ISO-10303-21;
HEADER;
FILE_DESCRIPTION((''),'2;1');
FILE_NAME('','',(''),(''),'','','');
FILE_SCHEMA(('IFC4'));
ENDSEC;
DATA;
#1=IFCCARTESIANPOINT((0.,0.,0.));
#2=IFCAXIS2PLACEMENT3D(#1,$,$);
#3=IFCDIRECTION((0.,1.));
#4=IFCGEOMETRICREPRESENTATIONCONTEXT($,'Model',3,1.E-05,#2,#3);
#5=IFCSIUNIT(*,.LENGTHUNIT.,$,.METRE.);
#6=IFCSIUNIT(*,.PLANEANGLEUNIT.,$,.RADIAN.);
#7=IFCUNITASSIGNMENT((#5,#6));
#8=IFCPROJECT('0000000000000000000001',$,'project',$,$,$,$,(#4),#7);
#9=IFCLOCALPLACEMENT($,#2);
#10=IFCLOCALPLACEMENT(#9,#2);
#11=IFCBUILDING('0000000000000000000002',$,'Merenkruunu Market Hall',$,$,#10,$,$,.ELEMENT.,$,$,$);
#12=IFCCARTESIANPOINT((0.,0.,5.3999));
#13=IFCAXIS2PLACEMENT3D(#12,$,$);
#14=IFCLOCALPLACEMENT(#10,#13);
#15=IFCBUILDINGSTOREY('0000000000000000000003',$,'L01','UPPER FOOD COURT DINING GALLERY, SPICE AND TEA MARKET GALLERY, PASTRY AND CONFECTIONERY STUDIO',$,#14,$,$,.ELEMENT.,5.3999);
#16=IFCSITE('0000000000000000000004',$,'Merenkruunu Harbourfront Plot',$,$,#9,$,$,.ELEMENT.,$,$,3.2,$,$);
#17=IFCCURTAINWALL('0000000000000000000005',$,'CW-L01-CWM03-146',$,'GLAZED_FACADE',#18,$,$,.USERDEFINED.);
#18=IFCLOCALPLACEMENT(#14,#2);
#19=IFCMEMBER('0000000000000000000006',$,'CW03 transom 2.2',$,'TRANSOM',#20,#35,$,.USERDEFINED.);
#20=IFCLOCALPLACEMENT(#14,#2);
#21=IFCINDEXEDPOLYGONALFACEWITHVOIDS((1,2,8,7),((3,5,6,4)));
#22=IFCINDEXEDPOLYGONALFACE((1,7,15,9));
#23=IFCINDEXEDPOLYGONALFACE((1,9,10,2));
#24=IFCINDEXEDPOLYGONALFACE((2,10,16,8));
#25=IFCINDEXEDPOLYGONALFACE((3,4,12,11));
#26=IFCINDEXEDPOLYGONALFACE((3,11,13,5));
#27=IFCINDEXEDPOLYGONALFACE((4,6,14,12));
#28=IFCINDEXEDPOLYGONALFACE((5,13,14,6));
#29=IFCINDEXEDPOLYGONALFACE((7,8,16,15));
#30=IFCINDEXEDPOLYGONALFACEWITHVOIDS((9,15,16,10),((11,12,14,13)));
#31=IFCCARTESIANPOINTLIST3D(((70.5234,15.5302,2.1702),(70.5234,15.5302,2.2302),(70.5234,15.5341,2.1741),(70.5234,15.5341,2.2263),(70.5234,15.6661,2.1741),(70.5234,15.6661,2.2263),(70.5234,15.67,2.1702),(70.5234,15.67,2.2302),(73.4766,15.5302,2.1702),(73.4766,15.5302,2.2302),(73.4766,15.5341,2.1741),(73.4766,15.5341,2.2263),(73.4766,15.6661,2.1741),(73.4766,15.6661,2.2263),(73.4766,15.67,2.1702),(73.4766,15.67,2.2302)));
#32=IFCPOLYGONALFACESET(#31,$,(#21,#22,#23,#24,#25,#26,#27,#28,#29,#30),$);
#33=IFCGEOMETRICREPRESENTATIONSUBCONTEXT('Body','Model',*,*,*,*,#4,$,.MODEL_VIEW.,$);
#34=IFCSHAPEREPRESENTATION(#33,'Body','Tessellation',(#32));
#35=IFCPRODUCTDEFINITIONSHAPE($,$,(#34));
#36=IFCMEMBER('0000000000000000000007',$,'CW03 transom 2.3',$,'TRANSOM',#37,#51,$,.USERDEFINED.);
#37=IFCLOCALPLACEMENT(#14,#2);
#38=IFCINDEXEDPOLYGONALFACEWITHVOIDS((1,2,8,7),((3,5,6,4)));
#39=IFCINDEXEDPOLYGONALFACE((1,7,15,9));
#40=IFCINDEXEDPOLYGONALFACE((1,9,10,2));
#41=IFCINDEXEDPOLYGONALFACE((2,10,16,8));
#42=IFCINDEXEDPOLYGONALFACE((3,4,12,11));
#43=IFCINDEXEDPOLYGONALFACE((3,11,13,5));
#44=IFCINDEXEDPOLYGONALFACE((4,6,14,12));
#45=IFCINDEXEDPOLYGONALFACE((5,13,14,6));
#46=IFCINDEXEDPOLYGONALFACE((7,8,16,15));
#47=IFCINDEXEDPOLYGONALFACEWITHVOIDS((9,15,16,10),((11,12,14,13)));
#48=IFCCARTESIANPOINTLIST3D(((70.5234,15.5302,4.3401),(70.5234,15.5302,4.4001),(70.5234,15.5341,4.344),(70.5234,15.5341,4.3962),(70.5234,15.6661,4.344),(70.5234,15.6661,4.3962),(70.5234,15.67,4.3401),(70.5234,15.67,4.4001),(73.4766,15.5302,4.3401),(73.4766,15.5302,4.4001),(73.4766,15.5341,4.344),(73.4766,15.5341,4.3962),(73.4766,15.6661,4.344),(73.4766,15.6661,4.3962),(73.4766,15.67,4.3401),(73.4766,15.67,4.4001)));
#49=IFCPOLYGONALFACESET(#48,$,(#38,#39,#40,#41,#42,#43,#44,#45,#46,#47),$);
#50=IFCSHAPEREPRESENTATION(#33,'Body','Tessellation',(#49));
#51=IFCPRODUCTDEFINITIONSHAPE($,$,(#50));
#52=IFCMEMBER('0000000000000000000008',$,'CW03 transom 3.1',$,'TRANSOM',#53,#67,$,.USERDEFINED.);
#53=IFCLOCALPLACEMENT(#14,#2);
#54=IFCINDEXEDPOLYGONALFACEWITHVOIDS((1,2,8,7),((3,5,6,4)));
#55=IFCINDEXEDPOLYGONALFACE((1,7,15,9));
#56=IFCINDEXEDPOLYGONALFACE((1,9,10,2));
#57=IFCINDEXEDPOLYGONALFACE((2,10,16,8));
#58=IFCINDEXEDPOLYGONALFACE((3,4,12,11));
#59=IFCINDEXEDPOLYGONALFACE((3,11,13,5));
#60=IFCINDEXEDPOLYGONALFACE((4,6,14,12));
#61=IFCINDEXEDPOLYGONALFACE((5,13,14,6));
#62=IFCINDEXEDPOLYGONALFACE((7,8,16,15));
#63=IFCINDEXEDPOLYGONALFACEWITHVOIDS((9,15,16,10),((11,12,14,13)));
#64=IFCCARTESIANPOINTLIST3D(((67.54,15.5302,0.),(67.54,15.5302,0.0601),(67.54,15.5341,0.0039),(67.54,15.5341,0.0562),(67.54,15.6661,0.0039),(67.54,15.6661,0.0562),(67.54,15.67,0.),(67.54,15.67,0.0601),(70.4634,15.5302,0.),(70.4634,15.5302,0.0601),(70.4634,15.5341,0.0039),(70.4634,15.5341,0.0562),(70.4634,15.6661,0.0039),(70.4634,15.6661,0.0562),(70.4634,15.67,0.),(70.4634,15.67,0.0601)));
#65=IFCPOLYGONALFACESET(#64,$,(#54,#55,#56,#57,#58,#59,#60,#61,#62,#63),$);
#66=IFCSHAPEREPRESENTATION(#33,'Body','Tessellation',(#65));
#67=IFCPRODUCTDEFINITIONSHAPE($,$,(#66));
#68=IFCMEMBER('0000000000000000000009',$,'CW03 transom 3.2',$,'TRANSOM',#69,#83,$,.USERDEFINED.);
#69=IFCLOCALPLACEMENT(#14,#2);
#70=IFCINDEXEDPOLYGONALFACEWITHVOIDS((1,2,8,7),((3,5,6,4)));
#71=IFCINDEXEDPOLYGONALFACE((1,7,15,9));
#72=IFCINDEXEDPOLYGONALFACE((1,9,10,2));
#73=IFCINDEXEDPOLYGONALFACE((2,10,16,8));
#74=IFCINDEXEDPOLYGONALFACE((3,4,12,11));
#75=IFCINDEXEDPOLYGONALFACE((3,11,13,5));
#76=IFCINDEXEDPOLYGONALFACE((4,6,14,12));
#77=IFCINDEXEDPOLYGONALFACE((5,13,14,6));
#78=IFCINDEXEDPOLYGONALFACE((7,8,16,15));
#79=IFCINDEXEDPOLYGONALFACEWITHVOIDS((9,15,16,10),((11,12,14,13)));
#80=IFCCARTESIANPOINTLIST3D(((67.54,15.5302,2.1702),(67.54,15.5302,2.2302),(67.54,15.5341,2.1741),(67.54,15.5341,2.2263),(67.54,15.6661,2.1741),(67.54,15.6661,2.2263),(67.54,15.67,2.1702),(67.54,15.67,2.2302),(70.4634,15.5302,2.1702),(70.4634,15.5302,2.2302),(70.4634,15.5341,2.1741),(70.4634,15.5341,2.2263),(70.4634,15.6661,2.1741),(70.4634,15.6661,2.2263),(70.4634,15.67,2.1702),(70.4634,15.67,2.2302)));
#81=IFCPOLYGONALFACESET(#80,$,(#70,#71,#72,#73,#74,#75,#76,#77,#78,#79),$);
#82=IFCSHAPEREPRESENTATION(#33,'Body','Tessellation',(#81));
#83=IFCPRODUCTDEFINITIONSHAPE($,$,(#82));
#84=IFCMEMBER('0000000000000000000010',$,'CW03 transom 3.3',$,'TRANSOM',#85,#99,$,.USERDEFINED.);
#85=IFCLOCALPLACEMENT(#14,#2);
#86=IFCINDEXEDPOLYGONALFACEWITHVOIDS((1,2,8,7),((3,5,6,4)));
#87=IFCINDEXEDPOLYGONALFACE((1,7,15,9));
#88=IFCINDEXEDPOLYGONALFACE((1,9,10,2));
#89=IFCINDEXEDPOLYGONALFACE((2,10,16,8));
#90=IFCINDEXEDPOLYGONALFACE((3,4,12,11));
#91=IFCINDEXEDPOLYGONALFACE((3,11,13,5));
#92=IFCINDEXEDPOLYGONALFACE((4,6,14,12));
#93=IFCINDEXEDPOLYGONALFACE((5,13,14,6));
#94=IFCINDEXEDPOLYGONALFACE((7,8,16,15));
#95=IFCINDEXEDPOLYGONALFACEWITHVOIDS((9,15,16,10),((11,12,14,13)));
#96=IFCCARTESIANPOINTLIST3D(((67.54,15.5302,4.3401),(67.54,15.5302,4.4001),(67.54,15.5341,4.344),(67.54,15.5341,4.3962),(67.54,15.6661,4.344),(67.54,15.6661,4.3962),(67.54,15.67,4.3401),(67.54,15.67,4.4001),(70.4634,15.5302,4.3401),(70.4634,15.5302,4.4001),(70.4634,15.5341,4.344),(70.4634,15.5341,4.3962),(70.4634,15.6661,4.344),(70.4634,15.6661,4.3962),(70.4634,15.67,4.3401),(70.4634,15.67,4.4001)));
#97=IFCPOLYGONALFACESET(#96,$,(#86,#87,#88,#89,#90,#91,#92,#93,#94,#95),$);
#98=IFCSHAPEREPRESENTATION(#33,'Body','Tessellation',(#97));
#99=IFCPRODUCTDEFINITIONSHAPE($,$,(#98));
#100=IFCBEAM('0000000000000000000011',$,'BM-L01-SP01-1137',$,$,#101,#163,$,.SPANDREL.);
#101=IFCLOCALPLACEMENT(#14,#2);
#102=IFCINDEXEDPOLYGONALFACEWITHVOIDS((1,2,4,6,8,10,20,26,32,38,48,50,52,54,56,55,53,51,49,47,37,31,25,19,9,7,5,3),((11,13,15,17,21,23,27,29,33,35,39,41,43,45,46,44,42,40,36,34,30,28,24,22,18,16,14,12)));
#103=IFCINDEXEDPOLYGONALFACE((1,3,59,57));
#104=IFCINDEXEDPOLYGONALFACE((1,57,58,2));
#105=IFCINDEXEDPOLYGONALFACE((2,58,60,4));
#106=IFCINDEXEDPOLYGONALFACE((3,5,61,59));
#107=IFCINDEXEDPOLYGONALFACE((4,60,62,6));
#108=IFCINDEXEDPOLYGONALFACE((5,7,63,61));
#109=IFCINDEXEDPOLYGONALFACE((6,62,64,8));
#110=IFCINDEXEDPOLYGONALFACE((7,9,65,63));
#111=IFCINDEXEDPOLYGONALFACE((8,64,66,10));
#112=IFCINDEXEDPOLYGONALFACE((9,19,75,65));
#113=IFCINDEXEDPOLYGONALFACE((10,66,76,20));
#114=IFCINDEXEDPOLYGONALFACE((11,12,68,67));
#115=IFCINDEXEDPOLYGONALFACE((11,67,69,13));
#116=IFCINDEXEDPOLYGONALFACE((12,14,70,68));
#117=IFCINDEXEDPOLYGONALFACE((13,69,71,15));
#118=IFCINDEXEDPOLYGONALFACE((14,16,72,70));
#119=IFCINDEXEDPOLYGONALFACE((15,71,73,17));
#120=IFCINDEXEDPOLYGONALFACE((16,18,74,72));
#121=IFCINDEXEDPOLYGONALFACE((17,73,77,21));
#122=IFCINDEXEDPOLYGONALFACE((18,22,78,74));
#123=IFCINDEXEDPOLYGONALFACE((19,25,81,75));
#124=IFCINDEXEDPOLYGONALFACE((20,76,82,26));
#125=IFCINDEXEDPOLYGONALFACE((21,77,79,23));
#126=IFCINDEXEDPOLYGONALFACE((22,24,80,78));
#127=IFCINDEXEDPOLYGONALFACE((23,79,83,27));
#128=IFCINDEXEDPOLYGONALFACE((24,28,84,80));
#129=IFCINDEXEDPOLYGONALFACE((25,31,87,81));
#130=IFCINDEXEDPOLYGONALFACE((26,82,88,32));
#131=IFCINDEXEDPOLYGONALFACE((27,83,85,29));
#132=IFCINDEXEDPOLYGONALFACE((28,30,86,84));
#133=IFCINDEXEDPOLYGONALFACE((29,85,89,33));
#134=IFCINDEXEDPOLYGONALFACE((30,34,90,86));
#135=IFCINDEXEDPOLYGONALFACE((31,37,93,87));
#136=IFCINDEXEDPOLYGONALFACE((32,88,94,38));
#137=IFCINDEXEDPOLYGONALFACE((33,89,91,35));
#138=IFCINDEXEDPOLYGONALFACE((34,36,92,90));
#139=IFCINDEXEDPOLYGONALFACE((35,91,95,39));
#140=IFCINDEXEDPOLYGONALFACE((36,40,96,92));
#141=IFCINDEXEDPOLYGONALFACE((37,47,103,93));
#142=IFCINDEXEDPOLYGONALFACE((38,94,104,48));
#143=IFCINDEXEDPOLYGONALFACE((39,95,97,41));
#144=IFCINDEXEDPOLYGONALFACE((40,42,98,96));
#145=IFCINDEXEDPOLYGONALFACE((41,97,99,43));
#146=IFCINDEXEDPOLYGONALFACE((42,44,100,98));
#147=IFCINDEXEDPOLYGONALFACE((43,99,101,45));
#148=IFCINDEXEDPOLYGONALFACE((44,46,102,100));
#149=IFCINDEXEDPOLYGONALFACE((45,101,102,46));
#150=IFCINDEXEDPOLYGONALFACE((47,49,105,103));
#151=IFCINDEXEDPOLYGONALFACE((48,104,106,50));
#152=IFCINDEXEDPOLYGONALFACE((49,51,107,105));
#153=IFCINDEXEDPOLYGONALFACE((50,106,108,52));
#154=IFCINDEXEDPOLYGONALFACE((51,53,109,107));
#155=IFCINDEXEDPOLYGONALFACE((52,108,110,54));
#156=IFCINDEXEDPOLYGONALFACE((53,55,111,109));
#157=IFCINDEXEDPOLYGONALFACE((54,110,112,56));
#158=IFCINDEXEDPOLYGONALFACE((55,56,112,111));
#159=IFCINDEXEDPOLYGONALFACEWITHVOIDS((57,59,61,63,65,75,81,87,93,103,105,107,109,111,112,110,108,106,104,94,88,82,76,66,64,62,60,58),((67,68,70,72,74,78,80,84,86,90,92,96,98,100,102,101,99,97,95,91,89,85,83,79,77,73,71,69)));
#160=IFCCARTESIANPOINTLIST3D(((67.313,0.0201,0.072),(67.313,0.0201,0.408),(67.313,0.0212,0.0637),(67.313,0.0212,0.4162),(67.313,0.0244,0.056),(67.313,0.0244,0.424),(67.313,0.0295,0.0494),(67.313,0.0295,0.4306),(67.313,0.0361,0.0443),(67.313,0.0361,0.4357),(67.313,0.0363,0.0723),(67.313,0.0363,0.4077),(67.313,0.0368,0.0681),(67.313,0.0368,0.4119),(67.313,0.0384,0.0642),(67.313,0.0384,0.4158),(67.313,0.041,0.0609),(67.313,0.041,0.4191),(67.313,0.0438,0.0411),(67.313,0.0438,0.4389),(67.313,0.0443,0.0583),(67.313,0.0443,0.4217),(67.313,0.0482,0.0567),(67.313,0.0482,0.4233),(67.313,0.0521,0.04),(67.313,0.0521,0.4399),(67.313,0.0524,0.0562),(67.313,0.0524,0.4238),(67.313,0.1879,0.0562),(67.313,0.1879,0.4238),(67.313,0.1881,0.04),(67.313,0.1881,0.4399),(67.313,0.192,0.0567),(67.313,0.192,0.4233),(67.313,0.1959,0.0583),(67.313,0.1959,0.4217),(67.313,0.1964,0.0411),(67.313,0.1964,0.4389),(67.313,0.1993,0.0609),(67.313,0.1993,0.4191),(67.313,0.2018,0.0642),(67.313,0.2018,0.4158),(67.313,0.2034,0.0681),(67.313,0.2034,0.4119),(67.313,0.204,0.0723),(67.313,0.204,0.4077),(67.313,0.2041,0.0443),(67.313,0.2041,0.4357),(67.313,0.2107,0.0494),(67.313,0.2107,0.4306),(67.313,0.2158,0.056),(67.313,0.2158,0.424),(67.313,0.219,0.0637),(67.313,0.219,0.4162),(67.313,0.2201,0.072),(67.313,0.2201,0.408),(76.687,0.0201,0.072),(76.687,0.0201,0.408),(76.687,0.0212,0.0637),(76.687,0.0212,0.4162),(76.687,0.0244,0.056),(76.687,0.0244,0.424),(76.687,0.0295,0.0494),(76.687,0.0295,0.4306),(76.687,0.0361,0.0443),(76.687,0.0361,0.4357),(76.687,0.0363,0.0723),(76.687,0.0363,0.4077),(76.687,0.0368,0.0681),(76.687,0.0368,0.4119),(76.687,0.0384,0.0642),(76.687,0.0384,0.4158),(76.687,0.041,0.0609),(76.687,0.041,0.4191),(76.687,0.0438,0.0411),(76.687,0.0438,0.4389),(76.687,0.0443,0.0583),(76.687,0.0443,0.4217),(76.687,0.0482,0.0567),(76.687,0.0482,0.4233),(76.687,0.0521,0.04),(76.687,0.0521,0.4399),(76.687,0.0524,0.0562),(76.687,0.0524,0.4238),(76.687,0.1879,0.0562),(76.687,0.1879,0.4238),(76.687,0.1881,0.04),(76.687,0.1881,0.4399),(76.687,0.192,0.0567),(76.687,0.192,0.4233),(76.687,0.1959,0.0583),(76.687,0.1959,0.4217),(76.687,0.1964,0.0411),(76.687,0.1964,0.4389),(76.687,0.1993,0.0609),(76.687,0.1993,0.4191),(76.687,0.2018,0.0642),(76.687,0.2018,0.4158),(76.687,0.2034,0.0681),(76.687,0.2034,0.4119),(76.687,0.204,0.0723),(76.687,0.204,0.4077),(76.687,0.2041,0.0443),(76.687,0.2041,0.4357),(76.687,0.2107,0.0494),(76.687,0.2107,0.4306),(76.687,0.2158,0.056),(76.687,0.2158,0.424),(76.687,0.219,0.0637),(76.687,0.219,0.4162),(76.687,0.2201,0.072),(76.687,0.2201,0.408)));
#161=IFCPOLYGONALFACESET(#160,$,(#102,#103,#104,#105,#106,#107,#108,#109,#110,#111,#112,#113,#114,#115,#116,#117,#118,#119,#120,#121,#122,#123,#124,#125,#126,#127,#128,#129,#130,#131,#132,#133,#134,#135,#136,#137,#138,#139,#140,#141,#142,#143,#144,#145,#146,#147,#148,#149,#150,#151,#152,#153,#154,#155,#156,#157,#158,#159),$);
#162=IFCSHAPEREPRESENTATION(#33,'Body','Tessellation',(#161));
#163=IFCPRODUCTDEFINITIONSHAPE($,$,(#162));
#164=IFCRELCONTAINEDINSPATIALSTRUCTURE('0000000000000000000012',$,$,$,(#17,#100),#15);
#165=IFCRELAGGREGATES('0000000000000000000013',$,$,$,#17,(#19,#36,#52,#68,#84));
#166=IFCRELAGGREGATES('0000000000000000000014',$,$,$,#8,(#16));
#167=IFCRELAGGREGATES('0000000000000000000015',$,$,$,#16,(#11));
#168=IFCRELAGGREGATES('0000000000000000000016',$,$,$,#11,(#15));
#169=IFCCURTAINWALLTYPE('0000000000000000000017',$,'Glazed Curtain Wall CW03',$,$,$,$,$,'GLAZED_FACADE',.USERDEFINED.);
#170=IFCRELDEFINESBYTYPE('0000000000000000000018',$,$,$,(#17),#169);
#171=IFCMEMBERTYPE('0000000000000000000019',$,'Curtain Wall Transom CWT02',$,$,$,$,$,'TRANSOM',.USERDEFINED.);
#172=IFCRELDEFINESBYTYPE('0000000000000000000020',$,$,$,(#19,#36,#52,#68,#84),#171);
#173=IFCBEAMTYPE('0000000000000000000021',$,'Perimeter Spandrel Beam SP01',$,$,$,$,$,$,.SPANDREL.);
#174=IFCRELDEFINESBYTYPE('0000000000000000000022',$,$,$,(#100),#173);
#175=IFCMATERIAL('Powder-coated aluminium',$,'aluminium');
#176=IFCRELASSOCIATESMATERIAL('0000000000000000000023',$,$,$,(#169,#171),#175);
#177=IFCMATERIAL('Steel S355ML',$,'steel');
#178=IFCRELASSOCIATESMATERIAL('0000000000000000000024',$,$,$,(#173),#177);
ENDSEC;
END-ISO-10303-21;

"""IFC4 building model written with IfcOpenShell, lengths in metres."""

from ifc_helpers import new_model, si_unit, direction, frame, origin, origin_2d, place, context, subcontext, project, spatial, hollow_rectangle, extrude, material, material_profile, profile_set, type_object, element, aggregate, save


model = new_model("IFC4")

# Units and contexts
model_context = context("Model", 3, precision=1e-05, world=origin(), true_north=direction((0.0, 1.0)))
body_context = subcontext(model_context, "Body", "Model", "MODEL_VIEW")
ifc_project = project(units=[si_unit("LENGTHUNIT", "METRE"), si_unit("PLANEANGLEUNIT", "RADIAN")], contexts=[model_context])

# Site, building, storey
site_placement = place(None, origin())
site = spatial("IfcSite", under=ifc_project, at=site_placement, Name="Merenkruunu Harbourfront Plot", CompositionType="ELEMENT", RefElevation=3.2)
building_placement = place(site_placement, origin())
building = spatial("IfcBuilding", under=site, at=building_placement, Name="Merenkruunu Market Hall", CompositionType="ELEMENT")
storey_placement = place(building_placement, frame((0.0, 0.0, 5.3999)))
storey = spatial("IfcBuildingStorey", under=building, at=storey_placement, Name="L01", Description="UPPER FOOD COURT DINING GALLERY, SPICE AND TEA MARKET GALLERY, PASTRY AND CONFECTIONERY STUDIO", CompositionType="ELEMENT", Elevation=5.3999)

# Shared definitions
ifc_material_1 = material(Name="Steel S355ML", Category="steel")

# Curtain wall, members
ifc_material_2 = material(Name="Powder-coated aluminium", Category="aluminium")
curtain_wall_type = type_object("IfcCurtainWallType", Name="Glazed Curtain Wall CW03", ElementType="GLAZED_FACADE", PredefinedType="USERDEFINED", material=ifc_material_2)
curtain_wall_placement = place(storey_placement, origin())
curtain_wall = element("IfcCurtainWall", 1, at=curtain_wall_placement, inside=storey, type_object=curtain_wall_type, Name="CW-L01-CWM03-146", ObjectType="GLAZED_FACADE", PredefinedType="USERDEFINED")
ifc_material_profile_1 = material_profile(ifc_material_2, hollow_rectangle(XDim=0.0601, YDim=0.1399, WallThickness=0.0039, at=origin_2d()), Name="ALU 60x140x4")
ifc_profile_set_1 = profile_set([ifc_material_profile_1], Name="Powder-coated aluminium")
member_type_1 = type_object("IfcMemberType", Name="Curtain Wall Transom CWT02", ElementType="TRANSOM", PredefinedType="USERDEFINED", material=ifc_profile_set_1)
member_1_placement = place(storey_placement, frame((73.4766, 15.6001, 2.2002), z_axis=(-1.0, 0.0, 0.0), x_axis=(0.0, 0.0, 1.0)))
member_1 = element("IfcMember", 2, at=member_1_placement, type_object=member_type_1, Name="CW03 transom 2.2", ObjectType="TRANSOM", PredefinedType="USERDEFINED", context=body_context, shape_type="SweptSolid", body=[
    extrude(hollow_rectangle(XDim=0.0601, YDim=0.1399, WallThickness=0.0039, at=origin_2d()), origin(), (0.0, 0.0, 1.0), 2.9531),
])
member_2_placement = place(storey_placement, frame((73.4766, 15.6001, 4.3701), z_axis=(-1.0, 0.0, 0.0), x_axis=(0.0, 0.0, 1.0)))
member_2 = element("IfcMember", 3, at=member_2_placement, type_object=member_type_1, Name="CW03 transom 2.3", ObjectType="TRANSOM", PredefinedType="USERDEFINED", context=body_context, shape_type="SweptSolid", body=[
    extrude(hollow_rectangle(XDim=0.0601, YDim=0.1399, WallThickness=0.0039, at=origin_2d()), origin(), (0.0, 0.0, 1.0), 2.9531),
])
member_3_placement = place(storey_placement, frame((70.4634, 15.6001, 0.03), z_axis=(-1.0, 0.0, 0.0), x_axis=(0.0, 0.0, 1.0)))
member_3 = element("IfcMember", 4, at=member_3_placement, type_object=member_type_1, Name="CW03 transom 3.1", ObjectType="TRANSOM", PredefinedType="USERDEFINED", context=body_context, shape_type="SweptSolid", body=[
    extrude(hollow_rectangle(XDim=0.0601, YDim=0.1399, WallThickness=0.0039, at=origin_2d()), origin(), (0.0, 0.0, 1.0), 2.9233),
])
member_4_placement = place(storey_placement, frame((70.4634, 15.6001, 2.2002), z_axis=(-1.0, 0.0, 0.0), x_axis=(0.0, 0.0, 1.0)))
member_4 = element("IfcMember", 5, at=member_4_placement, type_object=member_type_1, Name="CW03 transom 3.2", ObjectType="TRANSOM", PredefinedType="USERDEFINED", context=body_context, shape_type="SweptSolid", body=[
    extrude(hollow_rectangle(XDim=0.0601, YDim=0.1399, WallThickness=0.0039, at=origin_2d()), origin(), (0.0, 0.0, 1.0), 2.9233),
])
member_5_placement = place(storey_placement, frame((70.4634, 15.6001, 4.3701), z_axis=(-1.0, 0.0, 0.0), x_axis=(0.0, 0.0, 1.0)))
member_5 = element("IfcMember", 6, at=member_5_placement, type_object=member_type_1, Name="CW03 transom 3.3", ObjectType="TRANSOM", PredefinedType="USERDEFINED", context=body_context, shape_type="SweptSolid", body=[
    extrude(hollow_rectangle(XDim=0.0601, YDim=0.1399, WallThickness=0.0039, at=origin_2d()), origin(), (0.0, 0.0, 1.0), 2.9233),
])

# Beam
ifc_material_profile_2 = material_profile(ifc_material_1, hollow_rectangle(XDim=0.2, YDim=0.3999, WallThickness=0.0161, InnerFilletRadius=0.0161, OuterFilletRadius=0.032, at=origin_2d()), Name="RHS 400x200x16")
ifc_profile_set_2 = profile_set([ifc_material_profile_2], Name="Steel S355ML")
beam_type_1 = type_object("IfcBeamType", Name="Perimeter Spandrel Beam SP01", PredefinedType="SPANDREL", material=ifc_profile_set_2)
beam_1_placement = place(storey_placement, frame((67.313, 0.1201, 0.24), z_axis=(1.0, 0.0, 0.0), x_axis=(0.0, 1.0, 0.0)))
element("IfcBeam", 7, at=beam_1_placement, inside=storey, type_object=beam_type_1, Name="BM-L01-SP01-1137", PredefinedType="SPANDREL", context=body_context, shape_type="SweptSolid", body=[
    extrude(hollow_rectangle(XDim=0.2, YDim=0.3999, WallThickness=0.0161, InnerFilletRadius=0.0161, OuterFilletRadius=0.032, at=origin_2d()), origin(), (0.0, 0.0, 1.0), 9.374),
])

aggregate(curtain_wall, [member_1, member_2, member_3, member_4, member_5])

save(model, "model.ifc")
